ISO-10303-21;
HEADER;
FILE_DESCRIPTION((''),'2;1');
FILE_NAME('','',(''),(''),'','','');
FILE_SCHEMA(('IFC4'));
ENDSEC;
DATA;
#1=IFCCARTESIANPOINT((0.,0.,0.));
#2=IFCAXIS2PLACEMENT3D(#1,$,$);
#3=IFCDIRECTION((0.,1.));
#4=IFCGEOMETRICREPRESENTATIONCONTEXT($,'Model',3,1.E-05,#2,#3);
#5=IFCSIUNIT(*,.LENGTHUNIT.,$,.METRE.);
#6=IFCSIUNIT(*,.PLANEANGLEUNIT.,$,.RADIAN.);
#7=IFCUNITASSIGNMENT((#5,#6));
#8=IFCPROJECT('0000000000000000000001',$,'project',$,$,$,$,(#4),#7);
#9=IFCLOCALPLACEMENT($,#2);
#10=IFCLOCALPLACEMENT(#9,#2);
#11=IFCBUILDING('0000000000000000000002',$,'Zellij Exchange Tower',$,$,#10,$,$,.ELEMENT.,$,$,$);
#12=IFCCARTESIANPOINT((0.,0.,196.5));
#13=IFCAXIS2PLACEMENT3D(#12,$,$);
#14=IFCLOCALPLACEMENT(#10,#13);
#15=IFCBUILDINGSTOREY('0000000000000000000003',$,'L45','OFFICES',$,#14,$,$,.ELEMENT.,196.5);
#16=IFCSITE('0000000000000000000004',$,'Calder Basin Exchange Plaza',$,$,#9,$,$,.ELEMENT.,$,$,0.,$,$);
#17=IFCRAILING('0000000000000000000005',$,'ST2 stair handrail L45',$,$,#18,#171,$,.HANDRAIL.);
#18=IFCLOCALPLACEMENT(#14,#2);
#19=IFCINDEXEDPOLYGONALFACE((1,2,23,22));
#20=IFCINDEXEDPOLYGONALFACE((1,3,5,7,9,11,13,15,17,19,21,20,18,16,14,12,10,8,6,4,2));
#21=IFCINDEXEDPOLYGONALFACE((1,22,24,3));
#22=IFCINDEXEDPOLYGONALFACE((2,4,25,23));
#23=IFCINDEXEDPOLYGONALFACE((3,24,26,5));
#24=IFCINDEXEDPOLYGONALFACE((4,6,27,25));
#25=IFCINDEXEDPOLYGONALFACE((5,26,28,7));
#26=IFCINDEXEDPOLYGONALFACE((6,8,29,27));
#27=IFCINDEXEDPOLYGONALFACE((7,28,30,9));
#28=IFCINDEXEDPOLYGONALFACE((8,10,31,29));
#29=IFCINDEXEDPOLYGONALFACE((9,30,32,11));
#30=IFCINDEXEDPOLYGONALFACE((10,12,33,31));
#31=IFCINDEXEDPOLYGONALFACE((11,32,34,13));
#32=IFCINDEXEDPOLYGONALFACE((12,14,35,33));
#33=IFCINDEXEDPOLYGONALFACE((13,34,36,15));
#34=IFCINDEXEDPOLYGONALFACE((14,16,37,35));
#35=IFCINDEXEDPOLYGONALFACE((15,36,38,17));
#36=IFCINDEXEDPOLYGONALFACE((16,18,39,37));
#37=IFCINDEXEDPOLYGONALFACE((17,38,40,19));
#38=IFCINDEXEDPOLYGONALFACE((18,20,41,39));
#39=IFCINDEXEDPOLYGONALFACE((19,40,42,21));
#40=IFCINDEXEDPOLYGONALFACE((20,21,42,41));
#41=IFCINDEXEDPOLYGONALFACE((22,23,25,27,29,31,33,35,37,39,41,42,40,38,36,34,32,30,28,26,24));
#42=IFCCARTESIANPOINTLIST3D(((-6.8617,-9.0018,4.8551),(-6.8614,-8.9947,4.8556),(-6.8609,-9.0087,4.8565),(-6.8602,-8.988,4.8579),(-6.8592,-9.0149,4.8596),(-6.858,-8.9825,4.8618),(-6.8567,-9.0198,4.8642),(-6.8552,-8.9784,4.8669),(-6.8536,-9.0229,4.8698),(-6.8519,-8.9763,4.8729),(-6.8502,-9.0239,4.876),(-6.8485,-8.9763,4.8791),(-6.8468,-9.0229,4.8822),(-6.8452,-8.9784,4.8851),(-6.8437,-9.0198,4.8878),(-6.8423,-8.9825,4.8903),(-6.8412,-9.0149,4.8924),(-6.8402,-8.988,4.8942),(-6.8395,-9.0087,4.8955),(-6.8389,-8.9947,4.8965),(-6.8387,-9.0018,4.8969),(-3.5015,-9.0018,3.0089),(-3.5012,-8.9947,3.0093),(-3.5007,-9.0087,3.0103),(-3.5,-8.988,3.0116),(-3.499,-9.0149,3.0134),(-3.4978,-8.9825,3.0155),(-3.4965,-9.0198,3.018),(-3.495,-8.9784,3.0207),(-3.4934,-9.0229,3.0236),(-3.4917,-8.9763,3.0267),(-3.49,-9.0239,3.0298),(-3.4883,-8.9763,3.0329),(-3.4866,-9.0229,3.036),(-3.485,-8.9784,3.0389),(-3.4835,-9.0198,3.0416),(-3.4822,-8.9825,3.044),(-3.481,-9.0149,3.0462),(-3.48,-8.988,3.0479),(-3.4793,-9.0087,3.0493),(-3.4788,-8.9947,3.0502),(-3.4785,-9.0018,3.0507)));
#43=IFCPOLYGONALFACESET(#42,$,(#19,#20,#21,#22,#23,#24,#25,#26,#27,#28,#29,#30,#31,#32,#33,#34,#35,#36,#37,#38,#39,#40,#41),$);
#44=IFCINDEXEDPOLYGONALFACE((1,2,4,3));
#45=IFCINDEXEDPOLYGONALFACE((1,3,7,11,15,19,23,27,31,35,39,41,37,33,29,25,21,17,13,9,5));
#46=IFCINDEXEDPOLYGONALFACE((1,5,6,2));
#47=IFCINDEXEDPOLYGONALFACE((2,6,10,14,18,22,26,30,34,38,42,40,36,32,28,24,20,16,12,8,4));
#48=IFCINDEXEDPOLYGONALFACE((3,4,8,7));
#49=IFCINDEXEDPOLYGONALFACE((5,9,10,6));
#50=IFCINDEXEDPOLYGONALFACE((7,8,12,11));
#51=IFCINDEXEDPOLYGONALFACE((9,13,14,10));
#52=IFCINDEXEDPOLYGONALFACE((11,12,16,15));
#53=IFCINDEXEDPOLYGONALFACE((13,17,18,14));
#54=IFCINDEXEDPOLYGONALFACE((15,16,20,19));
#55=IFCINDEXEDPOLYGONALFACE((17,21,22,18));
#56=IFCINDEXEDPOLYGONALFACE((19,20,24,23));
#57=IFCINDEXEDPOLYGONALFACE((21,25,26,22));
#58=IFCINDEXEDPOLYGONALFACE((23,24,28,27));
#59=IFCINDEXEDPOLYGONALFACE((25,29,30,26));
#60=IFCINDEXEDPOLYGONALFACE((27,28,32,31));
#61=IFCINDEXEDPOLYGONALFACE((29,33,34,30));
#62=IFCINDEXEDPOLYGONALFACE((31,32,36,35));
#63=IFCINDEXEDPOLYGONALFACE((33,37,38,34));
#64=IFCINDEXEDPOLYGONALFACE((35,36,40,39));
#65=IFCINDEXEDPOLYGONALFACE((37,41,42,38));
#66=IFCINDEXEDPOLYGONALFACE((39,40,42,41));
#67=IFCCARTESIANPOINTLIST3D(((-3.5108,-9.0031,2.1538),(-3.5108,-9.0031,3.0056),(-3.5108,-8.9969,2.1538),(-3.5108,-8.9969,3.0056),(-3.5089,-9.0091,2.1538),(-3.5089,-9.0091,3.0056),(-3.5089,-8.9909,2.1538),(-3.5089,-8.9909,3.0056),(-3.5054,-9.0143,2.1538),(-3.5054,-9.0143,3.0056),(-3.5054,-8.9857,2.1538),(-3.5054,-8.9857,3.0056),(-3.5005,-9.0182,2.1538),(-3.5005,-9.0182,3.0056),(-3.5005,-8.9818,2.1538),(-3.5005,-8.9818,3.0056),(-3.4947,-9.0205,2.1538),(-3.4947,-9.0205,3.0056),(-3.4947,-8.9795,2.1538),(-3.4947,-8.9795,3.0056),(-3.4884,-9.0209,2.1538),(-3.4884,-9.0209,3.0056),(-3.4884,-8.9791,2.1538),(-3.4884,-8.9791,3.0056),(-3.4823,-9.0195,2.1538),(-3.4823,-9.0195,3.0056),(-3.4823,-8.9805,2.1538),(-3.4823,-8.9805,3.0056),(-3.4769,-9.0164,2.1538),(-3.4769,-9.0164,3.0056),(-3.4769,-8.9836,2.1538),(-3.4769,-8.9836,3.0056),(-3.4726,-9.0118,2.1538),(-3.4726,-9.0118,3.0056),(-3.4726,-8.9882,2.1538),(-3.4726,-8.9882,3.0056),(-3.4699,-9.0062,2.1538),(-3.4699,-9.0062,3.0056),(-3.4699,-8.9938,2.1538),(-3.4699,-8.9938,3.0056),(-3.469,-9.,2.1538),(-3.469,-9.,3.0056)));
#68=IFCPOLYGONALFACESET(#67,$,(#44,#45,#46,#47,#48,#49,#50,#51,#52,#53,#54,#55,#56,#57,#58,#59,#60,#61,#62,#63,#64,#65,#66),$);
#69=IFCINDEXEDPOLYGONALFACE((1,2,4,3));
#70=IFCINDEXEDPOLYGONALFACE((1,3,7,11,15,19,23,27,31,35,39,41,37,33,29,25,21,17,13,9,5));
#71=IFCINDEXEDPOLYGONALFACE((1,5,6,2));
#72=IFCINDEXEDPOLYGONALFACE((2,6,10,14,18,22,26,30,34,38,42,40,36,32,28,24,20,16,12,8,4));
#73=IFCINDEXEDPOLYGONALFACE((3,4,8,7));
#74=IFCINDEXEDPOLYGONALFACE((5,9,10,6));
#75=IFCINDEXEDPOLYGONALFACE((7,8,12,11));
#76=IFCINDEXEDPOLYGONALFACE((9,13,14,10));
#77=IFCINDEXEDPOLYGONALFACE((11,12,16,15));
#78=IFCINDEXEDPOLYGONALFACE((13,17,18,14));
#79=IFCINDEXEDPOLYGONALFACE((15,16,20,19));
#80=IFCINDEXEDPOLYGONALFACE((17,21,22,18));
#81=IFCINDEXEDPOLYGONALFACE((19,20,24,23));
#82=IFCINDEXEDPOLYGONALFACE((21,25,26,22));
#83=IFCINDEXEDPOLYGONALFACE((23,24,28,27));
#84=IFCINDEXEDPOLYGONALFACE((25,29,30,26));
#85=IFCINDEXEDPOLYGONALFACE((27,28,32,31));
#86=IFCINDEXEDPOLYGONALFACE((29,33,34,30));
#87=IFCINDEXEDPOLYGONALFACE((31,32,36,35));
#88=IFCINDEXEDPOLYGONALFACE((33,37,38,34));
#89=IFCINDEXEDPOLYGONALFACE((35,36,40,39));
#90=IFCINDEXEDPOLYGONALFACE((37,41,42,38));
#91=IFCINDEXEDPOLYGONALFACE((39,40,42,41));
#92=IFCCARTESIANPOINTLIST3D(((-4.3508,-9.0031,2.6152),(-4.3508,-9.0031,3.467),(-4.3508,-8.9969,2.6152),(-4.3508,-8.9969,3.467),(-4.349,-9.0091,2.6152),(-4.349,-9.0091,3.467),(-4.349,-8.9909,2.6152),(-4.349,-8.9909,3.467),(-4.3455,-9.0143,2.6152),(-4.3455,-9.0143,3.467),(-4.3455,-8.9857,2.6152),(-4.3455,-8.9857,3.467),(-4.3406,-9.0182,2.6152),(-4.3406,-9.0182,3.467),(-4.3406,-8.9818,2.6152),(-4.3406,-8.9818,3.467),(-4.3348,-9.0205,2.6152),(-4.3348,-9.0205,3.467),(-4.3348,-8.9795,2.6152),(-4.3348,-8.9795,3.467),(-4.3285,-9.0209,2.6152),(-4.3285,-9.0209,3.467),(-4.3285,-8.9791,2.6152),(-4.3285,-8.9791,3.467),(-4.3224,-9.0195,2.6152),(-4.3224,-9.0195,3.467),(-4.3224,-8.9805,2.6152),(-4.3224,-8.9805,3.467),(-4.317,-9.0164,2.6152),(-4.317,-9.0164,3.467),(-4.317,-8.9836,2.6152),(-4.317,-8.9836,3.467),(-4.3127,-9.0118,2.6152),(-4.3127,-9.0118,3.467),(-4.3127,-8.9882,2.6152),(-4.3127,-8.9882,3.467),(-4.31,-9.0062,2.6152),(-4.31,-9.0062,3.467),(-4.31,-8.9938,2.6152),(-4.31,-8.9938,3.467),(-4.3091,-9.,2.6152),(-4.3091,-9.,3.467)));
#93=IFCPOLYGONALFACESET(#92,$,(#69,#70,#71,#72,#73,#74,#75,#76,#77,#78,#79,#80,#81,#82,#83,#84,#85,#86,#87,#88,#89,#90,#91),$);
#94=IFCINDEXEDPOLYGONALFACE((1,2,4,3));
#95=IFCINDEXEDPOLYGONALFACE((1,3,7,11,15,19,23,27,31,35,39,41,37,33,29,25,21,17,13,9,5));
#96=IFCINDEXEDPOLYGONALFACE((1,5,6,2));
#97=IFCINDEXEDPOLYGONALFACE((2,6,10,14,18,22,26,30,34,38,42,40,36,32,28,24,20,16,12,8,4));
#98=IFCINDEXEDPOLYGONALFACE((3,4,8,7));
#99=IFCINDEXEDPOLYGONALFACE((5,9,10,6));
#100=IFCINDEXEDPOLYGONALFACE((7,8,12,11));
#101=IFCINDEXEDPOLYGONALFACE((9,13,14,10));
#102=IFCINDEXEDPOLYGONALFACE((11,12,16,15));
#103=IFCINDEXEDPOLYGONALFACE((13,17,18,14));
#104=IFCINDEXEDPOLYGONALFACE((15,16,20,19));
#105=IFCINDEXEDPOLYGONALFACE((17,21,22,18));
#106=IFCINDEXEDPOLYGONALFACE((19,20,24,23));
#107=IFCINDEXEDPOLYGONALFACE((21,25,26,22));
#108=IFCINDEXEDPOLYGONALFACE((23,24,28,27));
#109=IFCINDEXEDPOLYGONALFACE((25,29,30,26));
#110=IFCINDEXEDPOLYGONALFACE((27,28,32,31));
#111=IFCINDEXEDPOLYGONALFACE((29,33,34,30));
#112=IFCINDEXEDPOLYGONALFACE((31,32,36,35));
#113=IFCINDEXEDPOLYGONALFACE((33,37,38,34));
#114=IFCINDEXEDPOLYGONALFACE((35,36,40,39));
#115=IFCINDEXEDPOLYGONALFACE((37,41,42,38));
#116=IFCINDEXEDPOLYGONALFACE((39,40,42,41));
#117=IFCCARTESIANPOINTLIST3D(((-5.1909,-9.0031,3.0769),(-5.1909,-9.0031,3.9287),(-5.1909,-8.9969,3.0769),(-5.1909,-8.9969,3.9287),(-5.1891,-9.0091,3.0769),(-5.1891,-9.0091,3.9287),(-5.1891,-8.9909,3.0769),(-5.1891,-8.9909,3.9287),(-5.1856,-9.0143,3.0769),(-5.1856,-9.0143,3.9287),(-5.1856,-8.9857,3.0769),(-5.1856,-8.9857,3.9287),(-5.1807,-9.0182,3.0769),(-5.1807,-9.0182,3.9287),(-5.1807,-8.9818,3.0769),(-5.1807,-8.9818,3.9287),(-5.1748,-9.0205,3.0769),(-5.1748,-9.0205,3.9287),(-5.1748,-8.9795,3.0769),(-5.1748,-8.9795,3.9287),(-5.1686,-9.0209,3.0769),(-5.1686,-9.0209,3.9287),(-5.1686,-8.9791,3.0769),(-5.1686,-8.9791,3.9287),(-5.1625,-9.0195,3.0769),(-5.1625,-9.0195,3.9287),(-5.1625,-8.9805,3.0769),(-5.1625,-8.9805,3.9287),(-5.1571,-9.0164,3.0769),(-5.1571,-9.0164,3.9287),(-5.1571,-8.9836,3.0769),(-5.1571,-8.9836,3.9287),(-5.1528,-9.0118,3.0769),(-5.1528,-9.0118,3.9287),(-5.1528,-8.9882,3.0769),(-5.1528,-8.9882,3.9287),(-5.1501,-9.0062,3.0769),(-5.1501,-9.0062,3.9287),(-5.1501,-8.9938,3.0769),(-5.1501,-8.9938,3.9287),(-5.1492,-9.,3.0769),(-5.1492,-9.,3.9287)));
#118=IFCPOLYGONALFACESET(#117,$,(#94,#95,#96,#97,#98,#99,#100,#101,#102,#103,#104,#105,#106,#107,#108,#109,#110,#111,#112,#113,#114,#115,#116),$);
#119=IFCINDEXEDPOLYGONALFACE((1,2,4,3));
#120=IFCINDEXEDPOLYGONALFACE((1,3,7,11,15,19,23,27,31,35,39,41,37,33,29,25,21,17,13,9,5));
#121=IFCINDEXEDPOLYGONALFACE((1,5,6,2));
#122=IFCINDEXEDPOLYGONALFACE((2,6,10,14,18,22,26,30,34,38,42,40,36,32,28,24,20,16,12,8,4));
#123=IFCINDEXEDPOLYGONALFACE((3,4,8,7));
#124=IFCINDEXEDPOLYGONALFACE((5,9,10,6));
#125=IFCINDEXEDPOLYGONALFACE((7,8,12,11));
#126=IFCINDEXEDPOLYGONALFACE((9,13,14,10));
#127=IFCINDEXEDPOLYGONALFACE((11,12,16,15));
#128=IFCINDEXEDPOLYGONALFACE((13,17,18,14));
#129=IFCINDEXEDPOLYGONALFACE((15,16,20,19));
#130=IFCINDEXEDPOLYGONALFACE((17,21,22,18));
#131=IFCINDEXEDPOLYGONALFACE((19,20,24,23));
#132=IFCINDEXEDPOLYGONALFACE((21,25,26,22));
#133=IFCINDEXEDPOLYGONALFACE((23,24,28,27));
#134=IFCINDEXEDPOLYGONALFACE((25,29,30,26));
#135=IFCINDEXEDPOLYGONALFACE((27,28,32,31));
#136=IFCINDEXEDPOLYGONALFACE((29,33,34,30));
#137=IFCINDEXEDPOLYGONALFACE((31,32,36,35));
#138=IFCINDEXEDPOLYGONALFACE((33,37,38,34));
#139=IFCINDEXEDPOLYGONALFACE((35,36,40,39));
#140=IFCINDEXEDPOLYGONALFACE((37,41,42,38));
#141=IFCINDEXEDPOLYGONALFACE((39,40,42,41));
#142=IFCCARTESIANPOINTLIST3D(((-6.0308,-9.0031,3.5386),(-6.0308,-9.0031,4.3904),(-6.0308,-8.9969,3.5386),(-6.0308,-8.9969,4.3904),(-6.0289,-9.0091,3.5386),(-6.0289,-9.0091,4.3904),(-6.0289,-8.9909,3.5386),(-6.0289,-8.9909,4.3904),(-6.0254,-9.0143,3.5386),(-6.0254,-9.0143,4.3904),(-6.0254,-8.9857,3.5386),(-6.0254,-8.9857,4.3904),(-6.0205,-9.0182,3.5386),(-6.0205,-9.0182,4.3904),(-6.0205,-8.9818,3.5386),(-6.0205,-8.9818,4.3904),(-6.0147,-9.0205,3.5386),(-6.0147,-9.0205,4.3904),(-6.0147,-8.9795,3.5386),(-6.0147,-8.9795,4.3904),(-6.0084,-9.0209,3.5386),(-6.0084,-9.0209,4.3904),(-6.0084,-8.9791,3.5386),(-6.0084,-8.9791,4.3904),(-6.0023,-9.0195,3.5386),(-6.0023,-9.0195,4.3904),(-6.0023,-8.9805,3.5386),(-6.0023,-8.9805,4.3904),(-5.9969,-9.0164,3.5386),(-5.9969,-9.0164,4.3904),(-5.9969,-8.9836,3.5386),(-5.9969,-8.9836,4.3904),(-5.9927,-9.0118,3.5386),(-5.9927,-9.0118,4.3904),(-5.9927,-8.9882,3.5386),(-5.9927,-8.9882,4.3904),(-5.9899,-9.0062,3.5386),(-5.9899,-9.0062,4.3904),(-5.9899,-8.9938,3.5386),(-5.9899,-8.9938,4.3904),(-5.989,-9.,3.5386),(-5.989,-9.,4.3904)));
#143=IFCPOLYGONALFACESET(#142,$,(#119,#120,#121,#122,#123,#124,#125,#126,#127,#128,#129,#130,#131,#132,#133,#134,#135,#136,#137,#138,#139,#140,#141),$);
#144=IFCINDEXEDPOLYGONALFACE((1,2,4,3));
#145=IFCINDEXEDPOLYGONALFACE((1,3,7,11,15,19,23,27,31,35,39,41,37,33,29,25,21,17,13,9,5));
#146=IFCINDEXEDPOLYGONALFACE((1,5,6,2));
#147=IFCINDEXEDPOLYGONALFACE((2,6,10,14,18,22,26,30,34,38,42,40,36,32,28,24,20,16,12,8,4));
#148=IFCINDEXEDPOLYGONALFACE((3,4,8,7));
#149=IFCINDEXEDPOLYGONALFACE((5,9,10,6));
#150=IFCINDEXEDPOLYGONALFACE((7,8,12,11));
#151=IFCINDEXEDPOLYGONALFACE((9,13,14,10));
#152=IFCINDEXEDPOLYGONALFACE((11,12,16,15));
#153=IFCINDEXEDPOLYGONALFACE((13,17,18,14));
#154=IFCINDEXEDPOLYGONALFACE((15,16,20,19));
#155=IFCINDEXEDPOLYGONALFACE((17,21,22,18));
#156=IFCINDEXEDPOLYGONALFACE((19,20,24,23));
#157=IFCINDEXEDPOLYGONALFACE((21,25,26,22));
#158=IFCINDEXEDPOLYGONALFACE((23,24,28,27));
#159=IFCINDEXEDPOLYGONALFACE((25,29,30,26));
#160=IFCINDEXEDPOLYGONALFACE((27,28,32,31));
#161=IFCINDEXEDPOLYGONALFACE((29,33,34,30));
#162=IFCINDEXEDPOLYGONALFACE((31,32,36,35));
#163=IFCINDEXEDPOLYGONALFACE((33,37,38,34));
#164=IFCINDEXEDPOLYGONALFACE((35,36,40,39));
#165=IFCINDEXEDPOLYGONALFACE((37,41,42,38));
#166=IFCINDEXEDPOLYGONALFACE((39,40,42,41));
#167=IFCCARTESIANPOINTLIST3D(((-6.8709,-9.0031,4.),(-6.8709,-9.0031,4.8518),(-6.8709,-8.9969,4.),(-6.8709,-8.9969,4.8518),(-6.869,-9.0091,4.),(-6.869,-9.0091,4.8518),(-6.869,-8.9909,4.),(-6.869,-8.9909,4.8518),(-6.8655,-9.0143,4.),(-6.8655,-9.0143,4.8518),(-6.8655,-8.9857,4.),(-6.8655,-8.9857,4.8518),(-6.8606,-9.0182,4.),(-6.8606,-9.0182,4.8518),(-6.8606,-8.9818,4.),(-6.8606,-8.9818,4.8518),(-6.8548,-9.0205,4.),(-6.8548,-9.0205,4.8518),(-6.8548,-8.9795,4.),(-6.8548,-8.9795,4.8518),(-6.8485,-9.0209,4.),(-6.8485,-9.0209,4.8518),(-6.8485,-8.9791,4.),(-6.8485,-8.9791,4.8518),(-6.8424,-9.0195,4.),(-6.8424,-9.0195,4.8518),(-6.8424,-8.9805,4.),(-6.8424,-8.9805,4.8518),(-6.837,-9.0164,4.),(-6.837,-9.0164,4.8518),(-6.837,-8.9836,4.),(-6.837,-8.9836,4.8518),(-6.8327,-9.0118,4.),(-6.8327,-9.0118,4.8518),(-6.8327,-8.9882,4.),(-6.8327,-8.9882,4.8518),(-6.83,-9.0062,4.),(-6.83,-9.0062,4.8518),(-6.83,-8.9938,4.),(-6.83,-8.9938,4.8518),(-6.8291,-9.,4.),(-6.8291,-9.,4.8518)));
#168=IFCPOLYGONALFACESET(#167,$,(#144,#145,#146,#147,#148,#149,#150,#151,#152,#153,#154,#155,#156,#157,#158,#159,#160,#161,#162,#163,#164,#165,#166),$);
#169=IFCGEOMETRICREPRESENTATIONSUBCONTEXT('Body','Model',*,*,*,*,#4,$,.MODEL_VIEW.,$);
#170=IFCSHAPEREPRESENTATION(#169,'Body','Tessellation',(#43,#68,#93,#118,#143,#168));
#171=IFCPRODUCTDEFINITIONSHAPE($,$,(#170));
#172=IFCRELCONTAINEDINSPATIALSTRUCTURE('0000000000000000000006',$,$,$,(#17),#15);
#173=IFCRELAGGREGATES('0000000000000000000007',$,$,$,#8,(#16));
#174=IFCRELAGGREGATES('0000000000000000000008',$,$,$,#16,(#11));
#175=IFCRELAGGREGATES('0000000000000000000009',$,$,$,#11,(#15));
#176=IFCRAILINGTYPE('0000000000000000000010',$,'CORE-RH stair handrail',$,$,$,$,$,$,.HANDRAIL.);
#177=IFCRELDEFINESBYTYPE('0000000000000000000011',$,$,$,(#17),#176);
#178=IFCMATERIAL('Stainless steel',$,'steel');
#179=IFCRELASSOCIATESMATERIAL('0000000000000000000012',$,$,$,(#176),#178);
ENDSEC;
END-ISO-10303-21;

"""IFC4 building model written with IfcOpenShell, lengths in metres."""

from ifc_helpers import new_model, si_unit, direction, frame, origin, origin_2d, place, context, subcontext, project, spatial, circle, extrude, material, type_object, element, save


model = new_model("IFC4")

# Units and contexts
model_context = context("Model", 3, precision=1e-05, world=origin(), true_north=direction((0.0, 1.0)))
body_context = subcontext(model_context, "Body", "Model", "MODEL_VIEW")
ifc_project = project(units=[si_unit("LENGTHUNIT", "METRE"), si_unit("PLANEANGLEUNIT", "RADIAN")], contexts=[model_context])

# Site, building, storey
site_placement = place(None, origin())
site = spatial("IfcSite", under=ifc_project, at=site_placement, Name="Calder Basin Exchange Plaza", CompositionType="ELEMENT", RefElevation=0.0)
building_placement = place(site_placement, origin())
building = spatial("IfcBuilding", under=site, at=building_placement, Name="Zellij Exchange Tower", CompositionType="ELEMENT")
storey_placement = place(building_placement, frame((0.0, 0.0, 196.5)))
storey = spatial("IfcBuildingStorey", under=building, at=storey_placement, Name="L45", Description="OFFICES", CompositionType="ELEMENT", Elevation=196.5)

# Railing
ifc_material_1 = material(Name="Stainless steel", Category="steel")
railing_type_1 = type_object("IfcRailingType", Name="CORE-RH stair handrail", PredefinedType="HANDRAIL", material=ifc_material_1)
railing_1_placement = place(storey_placement, frame((-3.49, -9.0, 2.1538)))
element("IfcRailing", 1, at=railing_1_placement, inside=storey, type_object=railing_type_1, Name="ST2 stair handrail L45", PredefinedType="HANDRAIL", context=body_context, shape_type="SweptSolid", body=[
    extrude(circle(Radius=0.0239, at=origin_2d()), frame((0.0, 0.0, 0.876), z_axis=(-0.876422, 0.0, 0.481545), x_axis=(0.0, -1.0, 0.0)), (0.0, 0.0, 1.0), 3.834),
    extrude(circle(Radius=0.021, at=origin_2d()), origin(), (0.0, 0.0, 1.0), 0.8518),
    extrude(circle(Radius=0.021, at=origin_2d()), frame((-0.8401, 0.0, 0.4614)), (0.0, 0.0, 1.0), 0.8518),
    extrude(circle(Radius=0.021, at=origin_2d()), frame((-1.6802, 0.0, 0.9231)), (0.0, 0.0, 1.0), 0.8518),
    extrude(circle(Radius=0.021, at=origin_2d()), frame((-2.52, 0.0, 1.3848)), (0.0, 0.0, 1.0), 0.8518),
    extrude(circle(Radius=0.021, at=origin_2d()), frame((-3.3601, 0.0, 1.8462)), (0.0, 0.0, 1.0), 0.8518),
])

save(model, "model.ifc")
